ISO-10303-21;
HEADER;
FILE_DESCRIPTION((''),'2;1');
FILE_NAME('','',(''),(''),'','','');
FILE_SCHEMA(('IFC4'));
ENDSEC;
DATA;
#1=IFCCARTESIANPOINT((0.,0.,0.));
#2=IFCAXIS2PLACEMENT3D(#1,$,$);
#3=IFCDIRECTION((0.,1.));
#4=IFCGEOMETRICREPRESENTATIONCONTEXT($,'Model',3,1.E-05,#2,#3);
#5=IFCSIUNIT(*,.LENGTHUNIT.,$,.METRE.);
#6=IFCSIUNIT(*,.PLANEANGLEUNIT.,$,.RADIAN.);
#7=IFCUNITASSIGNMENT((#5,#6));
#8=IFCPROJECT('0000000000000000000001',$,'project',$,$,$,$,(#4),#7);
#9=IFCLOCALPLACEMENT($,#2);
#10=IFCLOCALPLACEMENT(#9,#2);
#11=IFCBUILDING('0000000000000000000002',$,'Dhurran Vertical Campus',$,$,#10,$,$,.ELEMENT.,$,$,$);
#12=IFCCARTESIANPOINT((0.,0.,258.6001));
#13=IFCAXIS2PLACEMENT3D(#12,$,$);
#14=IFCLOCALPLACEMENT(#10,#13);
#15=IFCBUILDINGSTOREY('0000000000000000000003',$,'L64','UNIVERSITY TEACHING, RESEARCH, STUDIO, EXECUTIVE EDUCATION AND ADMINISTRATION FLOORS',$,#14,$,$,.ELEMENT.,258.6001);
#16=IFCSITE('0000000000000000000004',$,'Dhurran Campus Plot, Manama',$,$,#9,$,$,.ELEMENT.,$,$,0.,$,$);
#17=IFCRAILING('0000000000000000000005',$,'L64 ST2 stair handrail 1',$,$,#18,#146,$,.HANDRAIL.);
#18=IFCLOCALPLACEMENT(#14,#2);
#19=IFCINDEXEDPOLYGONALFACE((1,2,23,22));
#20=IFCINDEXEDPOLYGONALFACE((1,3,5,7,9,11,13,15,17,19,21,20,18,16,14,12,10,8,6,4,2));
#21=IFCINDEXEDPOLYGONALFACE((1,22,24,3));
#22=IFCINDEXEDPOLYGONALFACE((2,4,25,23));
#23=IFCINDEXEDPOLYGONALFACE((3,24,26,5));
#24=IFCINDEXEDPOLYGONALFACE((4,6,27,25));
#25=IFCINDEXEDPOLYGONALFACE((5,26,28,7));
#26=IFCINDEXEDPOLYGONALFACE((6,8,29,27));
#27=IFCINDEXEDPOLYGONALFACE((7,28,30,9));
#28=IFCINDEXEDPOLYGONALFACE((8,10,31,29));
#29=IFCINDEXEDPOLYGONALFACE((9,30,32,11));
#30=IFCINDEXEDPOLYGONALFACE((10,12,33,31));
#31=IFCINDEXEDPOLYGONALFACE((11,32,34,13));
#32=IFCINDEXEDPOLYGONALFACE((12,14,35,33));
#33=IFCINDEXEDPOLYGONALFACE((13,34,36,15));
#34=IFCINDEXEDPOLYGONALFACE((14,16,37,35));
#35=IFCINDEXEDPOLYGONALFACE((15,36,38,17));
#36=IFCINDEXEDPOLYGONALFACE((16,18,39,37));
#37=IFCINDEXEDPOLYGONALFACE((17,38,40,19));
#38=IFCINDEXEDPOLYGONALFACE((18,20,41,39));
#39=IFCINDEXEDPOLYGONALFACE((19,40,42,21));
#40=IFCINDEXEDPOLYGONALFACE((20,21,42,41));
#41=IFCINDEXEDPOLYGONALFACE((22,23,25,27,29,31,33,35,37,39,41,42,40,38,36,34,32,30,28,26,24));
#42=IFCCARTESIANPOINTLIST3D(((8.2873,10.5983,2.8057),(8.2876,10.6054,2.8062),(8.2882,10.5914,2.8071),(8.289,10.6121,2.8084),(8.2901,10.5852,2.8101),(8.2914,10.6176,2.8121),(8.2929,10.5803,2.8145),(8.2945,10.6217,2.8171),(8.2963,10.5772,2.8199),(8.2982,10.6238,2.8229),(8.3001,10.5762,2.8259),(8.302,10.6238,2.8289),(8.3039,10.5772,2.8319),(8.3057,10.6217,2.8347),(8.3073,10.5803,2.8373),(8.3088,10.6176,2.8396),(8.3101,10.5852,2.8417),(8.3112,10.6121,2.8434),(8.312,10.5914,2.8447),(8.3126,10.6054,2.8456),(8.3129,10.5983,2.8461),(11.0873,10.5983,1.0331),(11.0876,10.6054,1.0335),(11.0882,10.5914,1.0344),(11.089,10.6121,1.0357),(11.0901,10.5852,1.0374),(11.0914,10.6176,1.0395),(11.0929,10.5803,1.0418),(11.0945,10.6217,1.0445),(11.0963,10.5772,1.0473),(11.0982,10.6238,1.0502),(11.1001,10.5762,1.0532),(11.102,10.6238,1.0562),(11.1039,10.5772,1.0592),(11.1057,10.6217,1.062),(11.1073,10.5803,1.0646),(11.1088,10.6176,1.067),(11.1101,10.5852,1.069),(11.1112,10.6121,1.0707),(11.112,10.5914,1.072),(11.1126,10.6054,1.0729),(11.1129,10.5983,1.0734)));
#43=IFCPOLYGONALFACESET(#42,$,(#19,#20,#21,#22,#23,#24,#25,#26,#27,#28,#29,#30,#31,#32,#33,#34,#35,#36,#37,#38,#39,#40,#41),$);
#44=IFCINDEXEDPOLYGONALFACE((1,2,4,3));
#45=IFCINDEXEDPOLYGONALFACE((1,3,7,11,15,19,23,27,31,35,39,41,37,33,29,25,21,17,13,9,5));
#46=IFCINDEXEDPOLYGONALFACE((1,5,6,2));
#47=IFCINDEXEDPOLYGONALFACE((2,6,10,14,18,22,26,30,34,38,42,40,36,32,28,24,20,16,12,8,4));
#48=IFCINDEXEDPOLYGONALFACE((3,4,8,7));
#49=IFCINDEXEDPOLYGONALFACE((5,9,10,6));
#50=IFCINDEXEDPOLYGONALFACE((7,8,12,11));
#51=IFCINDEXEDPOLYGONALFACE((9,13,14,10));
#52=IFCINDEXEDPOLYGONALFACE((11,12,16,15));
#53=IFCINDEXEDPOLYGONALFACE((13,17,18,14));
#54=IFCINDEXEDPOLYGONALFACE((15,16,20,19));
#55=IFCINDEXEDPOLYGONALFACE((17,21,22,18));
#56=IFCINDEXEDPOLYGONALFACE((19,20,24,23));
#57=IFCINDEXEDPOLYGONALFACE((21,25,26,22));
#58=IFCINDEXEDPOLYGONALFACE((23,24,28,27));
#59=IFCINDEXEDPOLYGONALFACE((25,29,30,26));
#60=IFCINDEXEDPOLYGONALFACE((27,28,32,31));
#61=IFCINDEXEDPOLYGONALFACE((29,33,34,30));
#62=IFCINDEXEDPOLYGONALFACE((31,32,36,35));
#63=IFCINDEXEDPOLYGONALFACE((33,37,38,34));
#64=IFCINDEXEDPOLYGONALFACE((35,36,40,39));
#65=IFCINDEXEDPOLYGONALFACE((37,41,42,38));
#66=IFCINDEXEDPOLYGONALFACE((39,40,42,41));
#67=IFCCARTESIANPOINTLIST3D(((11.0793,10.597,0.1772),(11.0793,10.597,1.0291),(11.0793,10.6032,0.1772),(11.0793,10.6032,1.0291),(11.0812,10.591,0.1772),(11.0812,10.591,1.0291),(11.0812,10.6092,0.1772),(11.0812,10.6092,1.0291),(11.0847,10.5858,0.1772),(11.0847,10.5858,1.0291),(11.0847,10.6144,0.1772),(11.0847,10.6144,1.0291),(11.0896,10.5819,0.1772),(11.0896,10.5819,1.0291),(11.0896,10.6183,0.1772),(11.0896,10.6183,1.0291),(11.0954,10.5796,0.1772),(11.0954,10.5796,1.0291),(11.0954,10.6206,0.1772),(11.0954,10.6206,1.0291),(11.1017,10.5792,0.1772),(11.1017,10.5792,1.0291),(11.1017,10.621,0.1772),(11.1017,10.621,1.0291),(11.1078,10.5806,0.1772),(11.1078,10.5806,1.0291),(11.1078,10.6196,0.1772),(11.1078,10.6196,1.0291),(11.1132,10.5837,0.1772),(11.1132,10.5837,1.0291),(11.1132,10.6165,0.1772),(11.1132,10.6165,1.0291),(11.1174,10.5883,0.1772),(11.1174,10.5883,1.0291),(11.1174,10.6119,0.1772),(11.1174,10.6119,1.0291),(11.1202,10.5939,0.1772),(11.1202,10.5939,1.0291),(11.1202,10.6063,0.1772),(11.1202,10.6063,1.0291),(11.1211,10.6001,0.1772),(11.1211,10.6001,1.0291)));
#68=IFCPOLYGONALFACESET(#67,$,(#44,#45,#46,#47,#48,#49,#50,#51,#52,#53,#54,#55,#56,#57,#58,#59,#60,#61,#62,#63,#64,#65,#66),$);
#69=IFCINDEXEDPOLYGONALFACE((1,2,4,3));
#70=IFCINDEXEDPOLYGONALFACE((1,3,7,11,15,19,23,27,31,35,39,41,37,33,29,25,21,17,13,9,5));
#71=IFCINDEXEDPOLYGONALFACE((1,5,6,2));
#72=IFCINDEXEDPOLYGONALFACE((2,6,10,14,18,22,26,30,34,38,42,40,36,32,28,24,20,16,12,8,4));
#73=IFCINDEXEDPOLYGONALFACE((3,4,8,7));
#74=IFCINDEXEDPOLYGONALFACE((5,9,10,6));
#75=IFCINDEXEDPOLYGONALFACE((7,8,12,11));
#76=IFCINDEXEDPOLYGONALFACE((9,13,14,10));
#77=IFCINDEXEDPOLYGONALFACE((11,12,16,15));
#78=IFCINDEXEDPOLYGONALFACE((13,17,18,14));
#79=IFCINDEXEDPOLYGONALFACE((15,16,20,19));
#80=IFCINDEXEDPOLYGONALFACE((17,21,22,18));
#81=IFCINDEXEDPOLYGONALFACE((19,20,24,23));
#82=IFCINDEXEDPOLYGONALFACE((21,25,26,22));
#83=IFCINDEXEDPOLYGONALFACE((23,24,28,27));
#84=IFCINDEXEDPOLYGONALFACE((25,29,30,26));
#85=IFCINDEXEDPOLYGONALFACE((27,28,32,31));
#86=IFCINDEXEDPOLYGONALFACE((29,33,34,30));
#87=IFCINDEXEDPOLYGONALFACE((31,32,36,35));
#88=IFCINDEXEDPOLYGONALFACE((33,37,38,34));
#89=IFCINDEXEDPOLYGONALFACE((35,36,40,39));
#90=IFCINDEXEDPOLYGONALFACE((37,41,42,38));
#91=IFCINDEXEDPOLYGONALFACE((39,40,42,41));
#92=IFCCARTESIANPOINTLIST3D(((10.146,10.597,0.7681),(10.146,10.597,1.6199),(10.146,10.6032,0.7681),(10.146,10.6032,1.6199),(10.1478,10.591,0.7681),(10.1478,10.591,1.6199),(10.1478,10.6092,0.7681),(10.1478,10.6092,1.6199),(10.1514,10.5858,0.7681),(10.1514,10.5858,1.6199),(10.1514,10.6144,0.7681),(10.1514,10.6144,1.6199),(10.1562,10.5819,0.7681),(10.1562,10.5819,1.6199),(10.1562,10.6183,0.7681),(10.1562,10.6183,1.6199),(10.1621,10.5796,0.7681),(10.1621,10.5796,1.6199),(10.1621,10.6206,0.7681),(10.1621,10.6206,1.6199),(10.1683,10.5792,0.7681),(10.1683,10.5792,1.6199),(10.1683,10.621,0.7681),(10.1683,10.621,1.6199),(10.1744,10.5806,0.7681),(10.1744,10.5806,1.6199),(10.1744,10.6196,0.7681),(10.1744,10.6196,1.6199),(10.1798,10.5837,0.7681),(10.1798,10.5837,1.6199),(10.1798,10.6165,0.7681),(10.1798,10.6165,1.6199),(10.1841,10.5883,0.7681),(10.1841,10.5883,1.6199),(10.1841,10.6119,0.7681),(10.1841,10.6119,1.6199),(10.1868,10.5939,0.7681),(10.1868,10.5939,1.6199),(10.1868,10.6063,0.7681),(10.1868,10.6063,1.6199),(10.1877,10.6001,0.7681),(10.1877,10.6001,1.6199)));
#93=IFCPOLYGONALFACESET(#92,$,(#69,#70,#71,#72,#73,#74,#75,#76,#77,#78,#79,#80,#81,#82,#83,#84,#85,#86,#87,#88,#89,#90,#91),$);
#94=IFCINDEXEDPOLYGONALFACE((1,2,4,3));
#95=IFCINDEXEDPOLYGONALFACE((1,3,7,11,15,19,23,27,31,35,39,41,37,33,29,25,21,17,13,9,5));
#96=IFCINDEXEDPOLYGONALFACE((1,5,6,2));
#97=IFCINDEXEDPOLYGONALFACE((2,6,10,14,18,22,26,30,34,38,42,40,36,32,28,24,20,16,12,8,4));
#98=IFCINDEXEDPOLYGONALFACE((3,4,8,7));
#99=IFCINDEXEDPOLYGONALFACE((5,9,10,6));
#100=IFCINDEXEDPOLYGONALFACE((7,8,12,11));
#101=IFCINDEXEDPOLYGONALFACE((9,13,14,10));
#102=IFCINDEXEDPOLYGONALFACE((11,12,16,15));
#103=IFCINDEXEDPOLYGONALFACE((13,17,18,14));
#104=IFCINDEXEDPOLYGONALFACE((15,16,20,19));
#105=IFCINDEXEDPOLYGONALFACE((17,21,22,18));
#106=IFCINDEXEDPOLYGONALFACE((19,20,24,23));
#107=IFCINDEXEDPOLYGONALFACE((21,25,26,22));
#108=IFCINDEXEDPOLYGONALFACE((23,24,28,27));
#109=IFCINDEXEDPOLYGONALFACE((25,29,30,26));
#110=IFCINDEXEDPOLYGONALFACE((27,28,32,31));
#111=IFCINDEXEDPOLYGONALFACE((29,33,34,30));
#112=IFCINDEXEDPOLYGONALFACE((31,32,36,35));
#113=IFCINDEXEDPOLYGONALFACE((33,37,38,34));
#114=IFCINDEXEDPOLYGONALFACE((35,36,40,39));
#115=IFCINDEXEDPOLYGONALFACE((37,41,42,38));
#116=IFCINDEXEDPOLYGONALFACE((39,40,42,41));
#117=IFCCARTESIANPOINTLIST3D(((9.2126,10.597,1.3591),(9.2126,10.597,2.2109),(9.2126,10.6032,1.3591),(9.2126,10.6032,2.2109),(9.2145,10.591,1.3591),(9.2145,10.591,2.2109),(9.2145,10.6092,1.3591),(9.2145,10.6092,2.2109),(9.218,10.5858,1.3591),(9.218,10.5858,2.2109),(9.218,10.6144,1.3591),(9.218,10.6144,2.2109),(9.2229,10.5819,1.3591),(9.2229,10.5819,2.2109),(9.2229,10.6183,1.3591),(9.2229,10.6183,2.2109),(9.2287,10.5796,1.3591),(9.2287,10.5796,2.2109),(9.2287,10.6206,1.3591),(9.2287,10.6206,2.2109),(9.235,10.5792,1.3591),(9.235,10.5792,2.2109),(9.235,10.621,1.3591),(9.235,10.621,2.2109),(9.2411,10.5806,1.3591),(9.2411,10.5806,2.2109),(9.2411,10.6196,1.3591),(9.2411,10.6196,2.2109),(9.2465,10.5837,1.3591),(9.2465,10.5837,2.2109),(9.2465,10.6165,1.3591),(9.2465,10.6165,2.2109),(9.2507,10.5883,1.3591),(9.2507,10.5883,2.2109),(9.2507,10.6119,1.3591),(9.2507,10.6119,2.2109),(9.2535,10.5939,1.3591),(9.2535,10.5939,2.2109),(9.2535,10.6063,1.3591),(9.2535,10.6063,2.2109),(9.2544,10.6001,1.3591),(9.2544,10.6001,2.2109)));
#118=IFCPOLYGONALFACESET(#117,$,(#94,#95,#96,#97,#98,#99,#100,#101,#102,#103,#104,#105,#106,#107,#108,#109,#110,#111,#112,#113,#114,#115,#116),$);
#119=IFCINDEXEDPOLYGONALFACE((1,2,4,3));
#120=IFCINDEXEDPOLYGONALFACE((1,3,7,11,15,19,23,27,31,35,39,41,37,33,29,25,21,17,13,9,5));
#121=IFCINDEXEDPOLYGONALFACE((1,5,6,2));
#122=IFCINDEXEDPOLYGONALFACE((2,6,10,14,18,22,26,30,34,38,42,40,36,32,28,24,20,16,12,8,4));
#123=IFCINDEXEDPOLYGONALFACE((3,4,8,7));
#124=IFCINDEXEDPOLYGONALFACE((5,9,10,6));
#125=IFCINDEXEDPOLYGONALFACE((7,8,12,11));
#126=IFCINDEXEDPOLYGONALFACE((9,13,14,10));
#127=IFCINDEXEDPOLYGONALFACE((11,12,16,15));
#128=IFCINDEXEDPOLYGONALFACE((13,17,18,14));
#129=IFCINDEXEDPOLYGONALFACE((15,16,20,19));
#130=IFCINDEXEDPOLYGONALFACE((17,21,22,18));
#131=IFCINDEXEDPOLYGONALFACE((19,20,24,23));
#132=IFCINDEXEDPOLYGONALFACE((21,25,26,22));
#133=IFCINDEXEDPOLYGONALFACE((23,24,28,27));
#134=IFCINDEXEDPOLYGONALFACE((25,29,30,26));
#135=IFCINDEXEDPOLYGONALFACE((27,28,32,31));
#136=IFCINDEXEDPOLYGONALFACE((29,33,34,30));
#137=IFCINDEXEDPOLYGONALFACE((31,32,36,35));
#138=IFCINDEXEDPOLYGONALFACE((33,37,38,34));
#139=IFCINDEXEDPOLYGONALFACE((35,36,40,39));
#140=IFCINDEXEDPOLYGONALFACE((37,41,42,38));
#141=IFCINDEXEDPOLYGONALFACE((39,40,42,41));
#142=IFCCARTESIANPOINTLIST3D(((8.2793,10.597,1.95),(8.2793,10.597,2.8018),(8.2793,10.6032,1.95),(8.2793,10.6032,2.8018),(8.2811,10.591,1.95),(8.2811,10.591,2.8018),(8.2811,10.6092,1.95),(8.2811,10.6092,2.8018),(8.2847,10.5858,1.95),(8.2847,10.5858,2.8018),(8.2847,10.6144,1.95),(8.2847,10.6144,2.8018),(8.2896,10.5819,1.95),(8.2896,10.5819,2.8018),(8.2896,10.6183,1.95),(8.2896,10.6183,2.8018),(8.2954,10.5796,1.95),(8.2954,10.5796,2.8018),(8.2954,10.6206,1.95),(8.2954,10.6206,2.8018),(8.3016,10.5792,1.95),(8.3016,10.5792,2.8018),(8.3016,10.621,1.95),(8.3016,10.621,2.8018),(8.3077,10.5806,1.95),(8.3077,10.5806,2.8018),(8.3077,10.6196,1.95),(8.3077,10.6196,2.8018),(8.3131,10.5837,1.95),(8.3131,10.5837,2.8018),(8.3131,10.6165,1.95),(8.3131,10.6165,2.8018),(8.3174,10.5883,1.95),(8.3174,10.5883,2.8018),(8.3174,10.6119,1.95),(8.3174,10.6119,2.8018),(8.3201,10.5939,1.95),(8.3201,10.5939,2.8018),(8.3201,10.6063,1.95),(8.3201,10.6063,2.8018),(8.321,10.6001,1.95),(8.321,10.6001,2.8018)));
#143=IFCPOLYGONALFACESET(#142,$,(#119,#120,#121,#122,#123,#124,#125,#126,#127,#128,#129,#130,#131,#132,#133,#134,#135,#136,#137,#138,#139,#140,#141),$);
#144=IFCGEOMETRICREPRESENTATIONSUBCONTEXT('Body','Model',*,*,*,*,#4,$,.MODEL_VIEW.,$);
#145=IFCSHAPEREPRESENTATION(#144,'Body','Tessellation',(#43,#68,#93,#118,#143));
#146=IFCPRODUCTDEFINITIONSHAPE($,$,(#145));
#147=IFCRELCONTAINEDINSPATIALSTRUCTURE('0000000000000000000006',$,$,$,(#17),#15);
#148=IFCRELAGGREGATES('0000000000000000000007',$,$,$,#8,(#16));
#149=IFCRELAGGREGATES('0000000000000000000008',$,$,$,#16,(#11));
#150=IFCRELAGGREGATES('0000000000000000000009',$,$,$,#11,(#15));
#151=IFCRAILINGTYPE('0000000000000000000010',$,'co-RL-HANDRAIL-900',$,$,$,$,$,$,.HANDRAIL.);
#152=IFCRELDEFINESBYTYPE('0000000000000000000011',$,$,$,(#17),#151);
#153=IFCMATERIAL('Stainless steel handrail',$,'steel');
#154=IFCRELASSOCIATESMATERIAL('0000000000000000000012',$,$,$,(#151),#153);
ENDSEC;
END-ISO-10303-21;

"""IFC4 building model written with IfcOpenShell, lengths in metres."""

from ifc_helpers import new_model, si_unit, direction, frame, origin, origin_2d, place, context, subcontext, project, spatial, circle, extrude, material, type_object, element, save


model = new_model("IFC4")

# Units and contexts
model_context = context("Model", 3, precision=1e-05, world=origin(), true_north=direction((0.0, 1.0)))
body_context = subcontext(model_context, "Body", "Model", "MODEL_VIEW")
ifc_project = project(units=[si_unit("LENGTHUNIT", "METRE"), si_unit("PLANEANGLEUNIT", "RADIAN")], contexts=[model_context])

# Site, building, storey
site_placement = place(None, origin())
site = spatial("IfcSite", under=ifc_project, at=site_placement, Name="Dhurran Campus Plot, Manama", CompositionType="ELEMENT", RefElevation=0.0)
building_placement = place(site_placement, origin())
building = spatial("IfcBuilding", under=site, at=building_placement, Name="Dhurran Vertical Campus", CompositionType="ELEMENT")
storey_placement = place(building_placement, frame((0.0, 0.0, 258.6001)))
storey = spatial("IfcBuildingStorey", under=building, at=storey_placement, Name="L64", Description="UNIVERSITY TEACHING, RESEARCH, STUDIO, EXECUTIVE EDUCATION AND ADMINISTRATION FLOORS", CompositionType="ELEMENT", Elevation=258.6001)

# Railing
ifc_material_1 = material(Name="Stainless steel handrail", Category="steel")
railing_type_1 = type_object("IfcRailingType", Name="co-RL-HANDRAIL-900", PredefinedType="HANDRAIL", material=ifc_material_1)
railing_1_placement = place(storey_placement, frame((11.1001, 10.6001, 0.1772)))
element("IfcRailing", 1, at=railing_1_placement, inside=storey, type_object=railing_type_1, Name="L64 ST2 stair handrail 1", PredefinedType="HANDRAIL", context=body_context, shape_type="SweptSolid", body=[
    extrude(circle(Radius=0.0239, at=origin_2d()), frame((0.0, 0.0, 0.876), z_axis=(-0.844909, 0.0, 0.53491), x_axis=(0.0, -1.0, 0.0)), (0.0, 0.0, 1.0), 3.314),
    extrude(circle(Radius=0.021, at=origin_2d()), origin(), (0.0, 0.0, 1.0), 0.8518),
    extrude(circle(Radius=0.021, at=origin_2d()), frame((-0.9333, 0.0, 0.5908)), (0.0, 0.0, 1.0), 0.8518),
    extrude(circle(Radius=0.021, at=origin_2d()), frame((-1.8667, 0.0, 1.1819)), (0.0, 0.0, 1.0), 0.8518),
    extrude(circle(Radius=0.021, at=origin_2d()), frame((-2.8, 0.0, 1.7727)), (0.0, 0.0, 1.0), 0.8518),
])

save(model, "model.ifc")
